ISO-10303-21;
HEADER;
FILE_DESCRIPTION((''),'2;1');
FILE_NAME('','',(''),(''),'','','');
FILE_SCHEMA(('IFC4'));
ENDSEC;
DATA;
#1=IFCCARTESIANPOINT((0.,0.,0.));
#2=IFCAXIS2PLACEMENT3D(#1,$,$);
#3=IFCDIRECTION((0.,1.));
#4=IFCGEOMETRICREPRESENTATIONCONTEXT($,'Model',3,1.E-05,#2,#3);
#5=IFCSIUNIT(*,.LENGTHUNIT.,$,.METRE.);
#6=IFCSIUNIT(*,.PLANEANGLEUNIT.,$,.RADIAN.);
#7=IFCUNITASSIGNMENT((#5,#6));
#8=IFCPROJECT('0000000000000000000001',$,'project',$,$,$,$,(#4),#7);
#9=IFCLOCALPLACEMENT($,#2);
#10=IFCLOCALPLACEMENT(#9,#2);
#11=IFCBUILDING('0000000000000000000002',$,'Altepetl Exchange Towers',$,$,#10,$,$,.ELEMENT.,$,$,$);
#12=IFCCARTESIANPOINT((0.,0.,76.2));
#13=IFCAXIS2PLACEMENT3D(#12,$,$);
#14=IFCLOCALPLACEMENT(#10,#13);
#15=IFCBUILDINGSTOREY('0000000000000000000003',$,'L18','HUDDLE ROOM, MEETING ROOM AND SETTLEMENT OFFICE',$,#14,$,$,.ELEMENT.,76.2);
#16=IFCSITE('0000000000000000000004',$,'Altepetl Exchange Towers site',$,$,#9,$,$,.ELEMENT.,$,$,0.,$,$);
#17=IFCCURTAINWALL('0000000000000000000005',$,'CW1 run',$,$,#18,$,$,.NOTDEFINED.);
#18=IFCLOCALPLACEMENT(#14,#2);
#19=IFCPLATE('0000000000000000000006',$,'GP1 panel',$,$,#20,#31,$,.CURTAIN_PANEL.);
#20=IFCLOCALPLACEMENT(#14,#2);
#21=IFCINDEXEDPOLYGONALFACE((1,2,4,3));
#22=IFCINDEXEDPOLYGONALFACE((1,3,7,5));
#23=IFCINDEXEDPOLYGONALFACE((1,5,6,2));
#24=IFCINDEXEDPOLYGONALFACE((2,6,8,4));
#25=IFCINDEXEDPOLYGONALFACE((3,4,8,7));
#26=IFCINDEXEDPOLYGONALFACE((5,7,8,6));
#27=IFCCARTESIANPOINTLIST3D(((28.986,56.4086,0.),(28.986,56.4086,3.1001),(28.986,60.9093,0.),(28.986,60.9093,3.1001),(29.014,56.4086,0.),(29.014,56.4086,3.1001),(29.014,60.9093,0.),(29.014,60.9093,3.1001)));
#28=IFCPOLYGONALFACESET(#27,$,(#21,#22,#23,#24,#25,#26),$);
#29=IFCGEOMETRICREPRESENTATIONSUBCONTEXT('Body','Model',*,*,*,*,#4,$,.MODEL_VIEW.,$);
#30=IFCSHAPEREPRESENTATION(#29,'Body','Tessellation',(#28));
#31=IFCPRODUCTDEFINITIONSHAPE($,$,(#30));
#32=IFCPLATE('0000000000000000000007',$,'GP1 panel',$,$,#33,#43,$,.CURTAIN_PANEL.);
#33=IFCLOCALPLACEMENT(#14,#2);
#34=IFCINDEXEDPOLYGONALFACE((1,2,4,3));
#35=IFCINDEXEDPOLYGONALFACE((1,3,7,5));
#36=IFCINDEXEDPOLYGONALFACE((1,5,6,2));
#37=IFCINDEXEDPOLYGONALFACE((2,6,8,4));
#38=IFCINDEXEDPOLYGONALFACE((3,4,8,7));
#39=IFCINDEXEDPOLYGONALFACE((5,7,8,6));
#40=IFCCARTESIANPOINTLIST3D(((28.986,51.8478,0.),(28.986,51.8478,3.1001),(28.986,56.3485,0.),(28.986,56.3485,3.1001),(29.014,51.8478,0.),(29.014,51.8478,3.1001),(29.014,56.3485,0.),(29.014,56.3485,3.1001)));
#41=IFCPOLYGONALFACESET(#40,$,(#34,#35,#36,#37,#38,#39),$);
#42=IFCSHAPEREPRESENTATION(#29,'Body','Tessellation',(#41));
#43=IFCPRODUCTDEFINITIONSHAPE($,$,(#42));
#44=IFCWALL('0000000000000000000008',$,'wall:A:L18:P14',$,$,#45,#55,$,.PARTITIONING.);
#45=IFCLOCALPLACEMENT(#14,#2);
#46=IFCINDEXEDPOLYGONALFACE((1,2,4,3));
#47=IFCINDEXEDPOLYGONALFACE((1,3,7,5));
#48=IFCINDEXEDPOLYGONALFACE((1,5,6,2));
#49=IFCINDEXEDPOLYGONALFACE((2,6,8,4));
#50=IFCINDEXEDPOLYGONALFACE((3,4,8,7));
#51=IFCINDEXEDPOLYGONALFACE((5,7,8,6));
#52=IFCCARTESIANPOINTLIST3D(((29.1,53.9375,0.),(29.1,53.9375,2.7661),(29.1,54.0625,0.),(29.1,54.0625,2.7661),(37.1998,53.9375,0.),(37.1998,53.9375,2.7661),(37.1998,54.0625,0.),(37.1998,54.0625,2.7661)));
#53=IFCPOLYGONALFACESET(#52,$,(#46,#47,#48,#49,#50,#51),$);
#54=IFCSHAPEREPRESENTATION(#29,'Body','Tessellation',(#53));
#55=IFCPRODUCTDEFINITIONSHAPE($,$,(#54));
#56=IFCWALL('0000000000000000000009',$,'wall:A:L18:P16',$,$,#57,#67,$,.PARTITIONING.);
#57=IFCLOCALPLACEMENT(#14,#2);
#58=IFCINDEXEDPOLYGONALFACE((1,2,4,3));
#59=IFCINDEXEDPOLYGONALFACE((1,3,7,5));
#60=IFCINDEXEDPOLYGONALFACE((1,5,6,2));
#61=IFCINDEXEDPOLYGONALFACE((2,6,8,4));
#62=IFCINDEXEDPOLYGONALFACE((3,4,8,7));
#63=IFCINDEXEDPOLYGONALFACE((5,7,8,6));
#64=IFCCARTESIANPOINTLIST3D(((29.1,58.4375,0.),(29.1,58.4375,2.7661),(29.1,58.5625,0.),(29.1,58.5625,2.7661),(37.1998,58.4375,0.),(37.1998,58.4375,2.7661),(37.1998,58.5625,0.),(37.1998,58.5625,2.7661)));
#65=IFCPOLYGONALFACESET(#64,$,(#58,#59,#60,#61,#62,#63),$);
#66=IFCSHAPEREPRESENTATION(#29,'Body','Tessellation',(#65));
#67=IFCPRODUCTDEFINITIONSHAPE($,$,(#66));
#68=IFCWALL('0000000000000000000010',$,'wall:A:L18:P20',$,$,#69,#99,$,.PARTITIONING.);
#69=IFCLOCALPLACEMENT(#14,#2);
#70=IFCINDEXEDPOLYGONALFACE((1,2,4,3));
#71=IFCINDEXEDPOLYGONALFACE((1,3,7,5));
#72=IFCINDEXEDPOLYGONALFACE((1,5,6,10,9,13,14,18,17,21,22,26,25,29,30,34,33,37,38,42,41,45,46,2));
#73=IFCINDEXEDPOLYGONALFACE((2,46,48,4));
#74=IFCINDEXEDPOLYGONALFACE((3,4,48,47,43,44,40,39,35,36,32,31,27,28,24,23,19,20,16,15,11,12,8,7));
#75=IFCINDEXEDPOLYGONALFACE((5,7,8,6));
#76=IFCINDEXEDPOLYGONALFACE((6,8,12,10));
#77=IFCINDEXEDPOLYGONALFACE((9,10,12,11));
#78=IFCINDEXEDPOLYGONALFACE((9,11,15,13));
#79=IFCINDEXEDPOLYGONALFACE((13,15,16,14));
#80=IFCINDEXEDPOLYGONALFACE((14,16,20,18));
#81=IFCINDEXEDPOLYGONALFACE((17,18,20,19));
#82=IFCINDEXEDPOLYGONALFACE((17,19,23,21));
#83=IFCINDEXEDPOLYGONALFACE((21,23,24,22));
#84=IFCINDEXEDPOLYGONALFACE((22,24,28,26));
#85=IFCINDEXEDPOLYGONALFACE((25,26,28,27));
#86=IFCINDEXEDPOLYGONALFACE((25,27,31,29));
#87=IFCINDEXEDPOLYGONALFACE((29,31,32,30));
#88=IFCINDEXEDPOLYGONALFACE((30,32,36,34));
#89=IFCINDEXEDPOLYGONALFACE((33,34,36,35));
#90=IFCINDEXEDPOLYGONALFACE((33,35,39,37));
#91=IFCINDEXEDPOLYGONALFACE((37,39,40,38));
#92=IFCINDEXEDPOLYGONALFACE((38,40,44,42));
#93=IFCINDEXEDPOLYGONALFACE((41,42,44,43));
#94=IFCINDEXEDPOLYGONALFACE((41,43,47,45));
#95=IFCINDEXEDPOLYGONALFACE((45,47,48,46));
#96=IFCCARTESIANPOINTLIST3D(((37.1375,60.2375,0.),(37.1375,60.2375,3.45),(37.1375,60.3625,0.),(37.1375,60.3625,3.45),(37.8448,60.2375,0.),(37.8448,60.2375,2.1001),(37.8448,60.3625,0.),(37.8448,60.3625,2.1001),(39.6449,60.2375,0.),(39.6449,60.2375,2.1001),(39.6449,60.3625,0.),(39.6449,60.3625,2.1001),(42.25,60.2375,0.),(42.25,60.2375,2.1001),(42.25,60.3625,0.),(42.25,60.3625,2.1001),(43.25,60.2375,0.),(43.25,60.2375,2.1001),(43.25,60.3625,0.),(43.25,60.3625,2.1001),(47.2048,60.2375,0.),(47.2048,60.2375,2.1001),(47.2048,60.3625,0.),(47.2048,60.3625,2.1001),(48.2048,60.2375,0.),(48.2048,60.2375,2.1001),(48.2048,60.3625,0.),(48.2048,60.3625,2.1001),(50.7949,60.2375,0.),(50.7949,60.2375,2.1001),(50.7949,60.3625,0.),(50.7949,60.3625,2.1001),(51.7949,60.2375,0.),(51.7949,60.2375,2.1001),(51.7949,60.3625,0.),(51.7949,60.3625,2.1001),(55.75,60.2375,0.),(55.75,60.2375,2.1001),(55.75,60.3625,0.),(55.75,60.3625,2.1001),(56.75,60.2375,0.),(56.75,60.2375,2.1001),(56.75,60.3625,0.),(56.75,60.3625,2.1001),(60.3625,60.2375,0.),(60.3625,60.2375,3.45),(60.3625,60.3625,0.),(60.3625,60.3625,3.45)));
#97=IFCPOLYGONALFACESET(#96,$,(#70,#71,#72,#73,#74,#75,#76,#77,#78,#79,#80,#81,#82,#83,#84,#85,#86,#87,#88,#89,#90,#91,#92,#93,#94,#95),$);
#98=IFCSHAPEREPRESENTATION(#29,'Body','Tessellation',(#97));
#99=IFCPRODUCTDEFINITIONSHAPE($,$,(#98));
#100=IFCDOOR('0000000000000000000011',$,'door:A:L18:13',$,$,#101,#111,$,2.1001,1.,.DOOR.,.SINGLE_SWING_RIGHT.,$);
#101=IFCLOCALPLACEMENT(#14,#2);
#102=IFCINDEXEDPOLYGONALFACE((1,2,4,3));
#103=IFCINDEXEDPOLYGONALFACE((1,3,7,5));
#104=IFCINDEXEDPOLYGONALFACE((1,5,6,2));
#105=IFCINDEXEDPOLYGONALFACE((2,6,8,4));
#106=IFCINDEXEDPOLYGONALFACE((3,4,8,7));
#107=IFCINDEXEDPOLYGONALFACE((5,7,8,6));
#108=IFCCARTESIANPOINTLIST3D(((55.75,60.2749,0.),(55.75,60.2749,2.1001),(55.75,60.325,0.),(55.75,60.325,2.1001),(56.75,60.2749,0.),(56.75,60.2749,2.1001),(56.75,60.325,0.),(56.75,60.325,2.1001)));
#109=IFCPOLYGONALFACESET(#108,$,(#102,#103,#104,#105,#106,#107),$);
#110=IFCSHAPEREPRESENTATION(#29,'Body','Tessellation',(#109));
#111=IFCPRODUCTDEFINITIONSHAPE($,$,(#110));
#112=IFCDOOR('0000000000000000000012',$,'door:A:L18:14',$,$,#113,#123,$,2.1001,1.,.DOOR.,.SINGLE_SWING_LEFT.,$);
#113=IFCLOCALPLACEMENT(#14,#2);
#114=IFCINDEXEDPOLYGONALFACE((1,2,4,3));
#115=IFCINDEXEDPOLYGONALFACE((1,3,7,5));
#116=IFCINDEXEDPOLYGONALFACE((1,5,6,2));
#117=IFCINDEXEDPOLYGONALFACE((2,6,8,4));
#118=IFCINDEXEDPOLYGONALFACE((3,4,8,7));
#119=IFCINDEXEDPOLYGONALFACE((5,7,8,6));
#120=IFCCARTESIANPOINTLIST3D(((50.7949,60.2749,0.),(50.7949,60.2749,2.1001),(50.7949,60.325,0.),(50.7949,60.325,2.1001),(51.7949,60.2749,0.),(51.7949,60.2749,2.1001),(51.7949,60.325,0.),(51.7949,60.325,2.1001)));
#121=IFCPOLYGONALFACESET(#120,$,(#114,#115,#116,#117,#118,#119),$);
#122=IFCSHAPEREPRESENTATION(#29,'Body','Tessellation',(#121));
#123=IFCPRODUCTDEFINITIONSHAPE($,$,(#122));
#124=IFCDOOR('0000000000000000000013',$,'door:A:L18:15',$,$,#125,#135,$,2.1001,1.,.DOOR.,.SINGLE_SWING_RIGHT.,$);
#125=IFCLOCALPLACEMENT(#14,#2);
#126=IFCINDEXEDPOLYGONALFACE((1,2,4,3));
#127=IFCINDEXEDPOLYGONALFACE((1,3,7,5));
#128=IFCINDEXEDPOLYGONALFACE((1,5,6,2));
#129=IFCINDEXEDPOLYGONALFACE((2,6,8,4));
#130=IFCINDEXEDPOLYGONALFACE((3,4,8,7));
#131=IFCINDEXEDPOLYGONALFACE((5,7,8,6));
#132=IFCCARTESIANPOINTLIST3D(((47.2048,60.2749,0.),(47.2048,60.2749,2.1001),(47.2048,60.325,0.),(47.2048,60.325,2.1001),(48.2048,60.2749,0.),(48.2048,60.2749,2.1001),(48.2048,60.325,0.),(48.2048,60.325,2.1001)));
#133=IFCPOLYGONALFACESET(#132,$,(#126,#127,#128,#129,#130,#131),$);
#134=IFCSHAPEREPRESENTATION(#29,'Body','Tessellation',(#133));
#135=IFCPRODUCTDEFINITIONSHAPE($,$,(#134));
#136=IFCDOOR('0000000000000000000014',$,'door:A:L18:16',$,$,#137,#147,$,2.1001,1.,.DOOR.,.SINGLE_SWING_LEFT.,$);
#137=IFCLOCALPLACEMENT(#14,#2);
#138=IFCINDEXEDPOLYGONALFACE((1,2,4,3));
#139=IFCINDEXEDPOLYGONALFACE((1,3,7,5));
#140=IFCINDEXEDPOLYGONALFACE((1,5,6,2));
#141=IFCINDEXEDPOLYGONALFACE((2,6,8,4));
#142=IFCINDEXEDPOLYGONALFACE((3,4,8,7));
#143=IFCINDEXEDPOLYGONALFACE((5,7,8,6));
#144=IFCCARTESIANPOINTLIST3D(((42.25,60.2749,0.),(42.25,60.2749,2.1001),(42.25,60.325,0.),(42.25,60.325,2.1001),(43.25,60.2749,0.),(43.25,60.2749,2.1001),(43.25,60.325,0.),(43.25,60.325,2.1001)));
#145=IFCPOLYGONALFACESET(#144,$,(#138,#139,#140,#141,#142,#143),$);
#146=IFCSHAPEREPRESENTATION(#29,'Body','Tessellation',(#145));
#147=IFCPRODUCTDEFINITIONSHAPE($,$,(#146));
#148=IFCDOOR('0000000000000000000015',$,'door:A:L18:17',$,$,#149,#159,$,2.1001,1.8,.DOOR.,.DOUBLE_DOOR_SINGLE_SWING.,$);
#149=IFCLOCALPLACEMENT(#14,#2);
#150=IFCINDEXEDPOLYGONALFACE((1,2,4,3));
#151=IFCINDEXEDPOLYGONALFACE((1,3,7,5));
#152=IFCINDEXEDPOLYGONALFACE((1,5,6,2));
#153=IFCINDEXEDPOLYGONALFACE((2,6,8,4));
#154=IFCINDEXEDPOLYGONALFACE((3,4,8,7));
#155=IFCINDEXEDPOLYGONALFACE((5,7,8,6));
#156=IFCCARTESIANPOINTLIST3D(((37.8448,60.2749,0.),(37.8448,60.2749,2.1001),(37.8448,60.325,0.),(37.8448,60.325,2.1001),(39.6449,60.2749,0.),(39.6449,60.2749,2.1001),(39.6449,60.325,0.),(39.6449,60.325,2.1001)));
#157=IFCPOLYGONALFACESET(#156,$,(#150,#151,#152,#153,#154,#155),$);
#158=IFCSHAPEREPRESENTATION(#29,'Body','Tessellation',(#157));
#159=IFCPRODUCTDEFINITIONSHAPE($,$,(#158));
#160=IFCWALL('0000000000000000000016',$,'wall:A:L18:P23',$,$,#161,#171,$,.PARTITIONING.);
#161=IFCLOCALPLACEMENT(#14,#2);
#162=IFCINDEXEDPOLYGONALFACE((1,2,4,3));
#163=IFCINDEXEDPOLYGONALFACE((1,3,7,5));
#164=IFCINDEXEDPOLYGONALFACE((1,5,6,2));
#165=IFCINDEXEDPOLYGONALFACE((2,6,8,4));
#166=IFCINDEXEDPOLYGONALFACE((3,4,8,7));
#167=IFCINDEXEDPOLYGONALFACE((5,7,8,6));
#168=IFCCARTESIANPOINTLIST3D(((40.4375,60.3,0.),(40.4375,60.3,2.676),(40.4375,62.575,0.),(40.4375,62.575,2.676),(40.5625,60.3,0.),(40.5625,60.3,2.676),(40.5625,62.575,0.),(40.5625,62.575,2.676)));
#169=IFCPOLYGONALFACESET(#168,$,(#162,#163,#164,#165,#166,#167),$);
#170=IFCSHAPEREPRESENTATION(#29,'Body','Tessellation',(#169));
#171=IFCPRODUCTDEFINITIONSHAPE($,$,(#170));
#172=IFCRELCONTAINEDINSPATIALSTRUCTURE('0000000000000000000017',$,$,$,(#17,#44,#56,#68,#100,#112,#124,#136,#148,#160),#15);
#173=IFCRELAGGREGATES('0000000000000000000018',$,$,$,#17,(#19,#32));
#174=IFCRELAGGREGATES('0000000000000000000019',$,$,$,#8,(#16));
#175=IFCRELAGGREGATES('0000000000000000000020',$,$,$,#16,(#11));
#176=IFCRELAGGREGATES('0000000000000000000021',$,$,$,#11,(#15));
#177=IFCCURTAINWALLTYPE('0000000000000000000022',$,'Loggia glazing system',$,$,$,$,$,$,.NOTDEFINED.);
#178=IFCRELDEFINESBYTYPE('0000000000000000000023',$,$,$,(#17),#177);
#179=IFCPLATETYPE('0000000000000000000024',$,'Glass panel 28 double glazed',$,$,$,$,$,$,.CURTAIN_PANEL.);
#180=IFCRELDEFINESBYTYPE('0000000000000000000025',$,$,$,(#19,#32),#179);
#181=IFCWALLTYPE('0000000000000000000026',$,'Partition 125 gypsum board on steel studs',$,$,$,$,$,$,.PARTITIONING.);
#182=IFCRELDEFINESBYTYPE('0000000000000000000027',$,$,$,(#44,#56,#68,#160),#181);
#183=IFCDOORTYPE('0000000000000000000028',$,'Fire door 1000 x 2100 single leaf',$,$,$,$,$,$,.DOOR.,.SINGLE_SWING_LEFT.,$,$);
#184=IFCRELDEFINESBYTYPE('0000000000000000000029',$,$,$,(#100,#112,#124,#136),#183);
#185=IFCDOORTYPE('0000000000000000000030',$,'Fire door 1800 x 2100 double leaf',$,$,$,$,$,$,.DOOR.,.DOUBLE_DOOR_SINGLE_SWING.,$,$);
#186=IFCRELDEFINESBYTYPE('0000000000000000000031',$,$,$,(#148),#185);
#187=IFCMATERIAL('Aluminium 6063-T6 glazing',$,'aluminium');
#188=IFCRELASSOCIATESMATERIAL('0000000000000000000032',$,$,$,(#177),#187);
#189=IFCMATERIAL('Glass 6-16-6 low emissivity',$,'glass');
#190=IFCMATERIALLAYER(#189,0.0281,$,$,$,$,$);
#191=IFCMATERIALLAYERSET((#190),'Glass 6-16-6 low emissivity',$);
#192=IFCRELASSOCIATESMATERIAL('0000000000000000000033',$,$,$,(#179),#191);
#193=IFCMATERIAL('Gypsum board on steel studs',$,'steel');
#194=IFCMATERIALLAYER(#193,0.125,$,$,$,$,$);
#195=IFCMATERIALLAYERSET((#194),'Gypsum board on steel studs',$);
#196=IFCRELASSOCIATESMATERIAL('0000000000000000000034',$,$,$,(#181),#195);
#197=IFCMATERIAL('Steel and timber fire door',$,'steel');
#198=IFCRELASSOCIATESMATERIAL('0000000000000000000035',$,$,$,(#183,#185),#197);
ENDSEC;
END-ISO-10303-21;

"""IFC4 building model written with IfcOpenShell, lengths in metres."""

from ifc_helpers import new_model, si_unit, direction, frame, frame_2d, origin, origin_2d, place, context, subcontext, project, spatial, rectangle, extrude, material, layer, layer_set, type_object, element, fill, aggregate, save


model = new_model("IFC4")

# Units and contexts
model_context = context("Model", 3, precision=1e-05, world=origin(), true_north=direction((0.0, 1.0)))
body_context = subcontext(model_context, "Body", "Model", "MODEL_VIEW")
ifc_project = project(units=[si_unit("LENGTHUNIT", "METRE"), si_unit("PLANEANGLEUNIT", "RADIAN")], contexts=[model_context])

# Site, building, storey
site_placement = place(None, origin())
site = spatial("IfcSite", under=ifc_project, at=site_placement, Name="Altepetl Exchange Towers site", CompositionType="ELEMENT", RefElevation=0.0)
building_placement = place(site_placement, origin())
building = spatial("IfcBuilding", under=site, at=building_placement, Name="Altepetl Exchange Towers", CompositionType="ELEMENT")
storey_placement = place(building_placement, frame((0.0, 0.0, 76.2)))
storey = spatial("IfcBuildingStorey", under=building, at=storey_placement, Name="L18", Description="HUDDLE ROOM, MEETING ROOM AND SETTLEMENT OFFICE", CompositionType="ELEMENT", Elevation=76.2)

# Curtain wall
ifc_material_1 = material(Name="Aluminium 6063-T6 glazing", Category="aluminium")
curtain_wall_type = type_object("IfcCurtainWallType", Name="Loggia glazing system", PredefinedType="NOTDEFINED", material=ifc_material_1)
curtain_wall_placement = place(storey_placement, origin())
curtain_wall = element("IfcCurtainWall", 1, at=curtain_wall_placement, inside=storey, type_object=curtain_wall_type, Name="CW1 run", PredefinedType="NOTDEFINED")

# Plates
ifc_material_2 = material(Name="Glass 6-16-6 low emissivity", Category="glass")
ifc_layer_1 = layer(ifc_material_2, 0.0281)
ifc_layer_set_1 = layer_set([ifc_layer_1], Name="Glass 6-16-6 low emissivity")
plate_type = type_object("IfcPlateType", Name="Glass panel 28 double glazed", PredefinedType="CURTAIN_PANEL", material=ifc_layer_set_1)
plate_1_placement = place(storey_placement, frame((29.0, 58.6589, 0.0), z_axis=(0.0, 0.0, 1.0), x_axis=(0.0, -1.0, 0.0)))
plate_1 = element("IfcPlate", 2, at=plate_1_placement, type_object=plate_type, Name="GP1 panel", PredefinedType="CURTAIN_PANEL", context=body_context, shape_type="SweptSolid", body=[
    extrude(rectangle(XDim=4.5007, YDim=0.0281, at=origin_2d()), origin(), (0.0, 0.0, 1.0), 3.1001),
])
plate_2_placement = place(storey_placement, frame((29.0, 54.0981, 0.0), z_axis=(0.0, 0.0, 1.0), x_axis=(0.0, -1.0, 0.0)))
plate_2 = element("IfcPlate", 3, at=plate_2_placement, type_object=plate_type, Name="GP1 panel", PredefinedType="CURTAIN_PANEL", context=body_context, shape_type="SweptSolid", body=[
    extrude(rectangle(XDim=4.5007, YDim=0.0281, at=origin_2d()), origin(), (0.0, 0.0, 1.0), 3.1001),
])
aggregate(curtain_wall, [plate_1, plate_2])

# Walls
ifc_material_3 = material(Name="Gypsum board on steel studs", Category="steel")
ifc_layer_2 = layer(ifc_material_3, 0.125)
ifc_layer_set_2 = layer_set([ifc_layer_2], Name="Gypsum board on steel studs")
wall_type_1 = type_object("IfcWallType", Name="Partition 125 gypsum board on steel studs", PredefinedType="PARTITIONING", material=ifc_layer_set_2)
for number, where, name in (
    (4, (29.1001, 54.0, 0.0), "wall:A:L18:P14"),
    (5, (29.1001, 58.5, 0.0), "wall:A:L18:P16"),
):
    element("IfcWall", number, at=place(storey_placement, frame(where)), inside=storey, type_object=wall_type_1, Name=name, PredefinedType="PARTITIONING", context=body_context, shape_type="SweptSolid", body=[
        extrude(rectangle(XDim=8.0999, YDim=0.125, at=frame_2d((4.0498, 0.0))), origin(), (0.0, 0.0, 1.0), 2.7661),
    ])

# Wall, openings, doors
wall_1_placement = place(storey_placement, frame((37.1375, 60.3, 0.0)))
wall_1 = element("IfcWall", 6, at=wall_1_placement, inside=storey, type_object=wall_type_1, Name="wall:A:L18:P20", PredefinedType="PARTITIONING", context=body_context, shape_type="SweptSolid", body=[
    extrude(rectangle(XDim=23.2251, YDim=0.125, at=frame_2d((11.6125, 0.0))), origin(), (0.0, 0.0, 1.0), 3.45),
])
opening_1_placement = place(wall_1_placement, frame((18.6125, 0.0, 0.0)))
opening_1 = element("IfcOpeningElement", 7, at=opening_1_placement, cuts=wall_1, PredefinedType="OPENING", context=body_context, shape_type="SweptSolid", body=[
    extrude(rectangle(XDim=1.0, YDim=2.1001, at=frame_2d((0.5, 1.05))), frame((0.0, 0.0725, 0.0), z_axis=(0.0, -1.0, 0.0), x_axis=(1.0, 0.0, 0.0)), (0.0, 0.0, 1.0), 0.145),
])
opening_2_placement = place(wall_1_placement, frame((13.6575, 0.0, 0.0)))
opening_2 = element("IfcOpeningElement", 8, at=opening_2_placement, cuts=wall_1, PredefinedType="OPENING", context=body_context, shape_type="SweptSolid", body=[
    extrude(rectangle(XDim=1.0, YDim=2.1001, at=frame_2d((0.5, 1.05))), frame((0.0, 0.0725, 0.0), z_axis=(0.0, -1.0, 0.0), x_axis=(1.0, 0.0, 0.0)), (0.0, 0.0, 1.0), 0.145),
])
opening_3_placement = place(wall_1_placement, frame((10.0674, 0.0, 0.0)))
opening_3 = element("IfcOpeningElement", 9, at=opening_3_placement, cuts=wall_1, PredefinedType="OPENING", context=body_context, shape_type="SweptSolid", body=[
    extrude(rectangle(XDim=1.0, YDim=2.1001, at=frame_2d((0.5, 1.05))), frame((0.0, 0.0725, 0.0), z_axis=(0.0, -1.0, 0.0), x_axis=(1.0, 0.0, 0.0)), (0.0, 0.0, 1.0), 0.145),
])
opening_4_placement = place(wall_1_placement, frame((5.1125, 0.0, 0.0)))
opening_4 = element("IfcOpeningElement", 10, at=opening_4_placement, cuts=wall_1, PredefinedType="OPENING", context=body_context, shape_type="SweptSolid", body=[
    extrude(rectangle(XDim=1.0, YDim=2.1001, at=frame_2d((0.5, 1.05))), frame((0.0, 0.0725, 0.0), z_axis=(0.0, -1.0, 0.0), x_axis=(1.0, 0.0, 0.0)), (0.0, 0.0, 1.0), 0.145),
])
opening_5_placement = place(wall_1_placement, frame((0.7075, 0.0, 0.0)))
opening_5 = element("IfcOpeningElement", 11, at=opening_5_placement, cuts=wall_1, PredefinedType="OPENING", context=body_context, shape_type="SweptSolid", body=[
    extrude(rectangle(XDim=1.8, YDim=2.1001, at=frame_2d((0.8999, 1.05))), frame((0.0, 0.0725, 0.0), z_axis=(0.0, -1.0, 0.0), x_axis=(1.0, 0.0, 0.0)), (0.0, 0.0, 1.0), 0.145),
])
ifc_material_4 = material(Name="Steel and timber fire door", Category="steel")
door_type_1 = type_object("IfcDoorType", Name="Fire door 1000 x 2100 single leaf", OperationType="SINGLE_SWING_LEFT", PredefinedType="DOOR", material=ifc_material_4)
door_1_placement = place(opening_1_placement, origin())
door_1 = element("IfcDoor", 12, at=door_1_placement, inside=storey, type_object=door_type_1, Name="door:A:L18:13", OperationType="SINGLE_SWING_RIGHT", OverallHeight=2.1001, OverallWidth=1.0, PredefinedType="DOOR", context=body_context, shape_type="SweptSolid", body=[
    extrude(rectangle(XDim=1.0, YDim=2.1001, at=frame_2d((0.5, 1.05))), frame((0.0, 0.0249, 0.0), z_axis=(0.0, -1.0, 0.0), x_axis=(1.0, 0.0, 0.0)), (0.0, 0.0, 1.0), 0.05),
])
fill(opening_1, door_1)
door_2_placement = place(opening_2_placement, origin())
door_2 = element("IfcDoor", 13, at=door_2_placement, inside=storey, type_object=door_type_1, Name="door:A:L18:14", OperationType="SINGLE_SWING_LEFT", OverallHeight=2.1001, OverallWidth=1.0, PredefinedType="DOOR", context=body_context, shape_type="SweptSolid", body=[
    extrude(rectangle(XDim=1.0, YDim=2.1001, at=frame_2d((0.5, 1.05))), frame((0.0, 0.0249, 0.0), z_axis=(0.0, -1.0, 0.0), x_axis=(1.0, 0.0, 0.0)), (0.0, 0.0, 1.0), 0.05),
])
fill(opening_2, door_2)
door_3_placement = place(opening_3_placement, origin())
door_3 = element("IfcDoor", 14, at=door_3_placement, inside=storey, type_object=door_type_1, Name="door:A:L18:15", OperationType="SINGLE_SWING_RIGHT", OverallHeight=2.1001, OverallWidth=1.0, PredefinedType="DOOR", context=body_context, shape_type="SweptSolid", body=[
    extrude(rectangle(XDim=1.0, YDim=2.1001, at=frame_2d((0.5, 1.05))), frame((0.0, 0.0249, 0.0), z_axis=(0.0, -1.0, 0.0), x_axis=(1.0, 0.0, 0.0)), (0.0, 0.0, 1.0), 0.05),
])
fill(opening_3, door_3)
door_4_placement = place(opening_4_placement, origin())
door_4 = element("IfcDoor", 15, at=door_4_placement, inside=storey, type_object=door_type_1, Name="door:A:L18:16", OperationType="SINGLE_SWING_LEFT", OverallHeight=2.1001, OverallWidth=1.0, PredefinedType="DOOR", context=body_context, shape_type="SweptSolid", body=[
    extrude(rectangle(XDim=1.0, YDim=2.1001, at=frame_2d((0.5, 1.05))), frame((0.0, 0.0249, 0.0), z_axis=(0.0, -1.0, 0.0), x_axis=(1.0, 0.0, 0.0)), (0.0, 0.0, 1.0), 0.05),
])
fill(opening_4, door_4)
door_type_2 = type_object("IfcDoorType", Name="Fire door 1800 x 2100 double leaf", OperationType="DOUBLE_DOOR_SINGLE_SWING", PredefinedType="DOOR", material=ifc_material_4)
door_5_placement = place(opening_5_placement, origin())
door_5 = element("IfcDoor", 16, at=door_5_placement, inside=storey, type_object=door_type_2, Name="door:A:L18:17", OperationType="DOUBLE_DOOR_SINGLE_SWING", OverallHeight=2.1001, OverallWidth=1.8, PredefinedType="DOOR", context=body_context, shape_type="SweptSolid", body=[
    extrude(rectangle(XDim=1.8, YDim=2.1001, at=frame_2d((0.8999, 1.05))), frame((0.0, 0.0249, 0.0), z_axis=(0.0, -1.0, 0.0), x_axis=(1.0, 0.0, 0.0)), (0.0, 0.0, 1.0), 0.05),
])
fill(opening_5, door_5)

# Wall
wall_2_placement = place(storey_placement, frame((40.5, 60.3, 0.0), z_axis=(0.0, 0.0, 1.0), x_axis=(0.0, 1.0, 0.0)))
element("IfcWall", 17, at=wall_2_placement, inside=storey, type_object=wall_type_1, Name="wall:A:L18:P23", PredefinedType="PARTITIONING", context=body_context, shape_type="SweptSolid", body=[
    extrude(rectangle(XDim=2.2749, YDim=0.125, at=frame_2d((1.1375, 0.0))), origin(), (0.0, 0.0, 1.0), 2.676),
])

save(model, "model.ifc")
